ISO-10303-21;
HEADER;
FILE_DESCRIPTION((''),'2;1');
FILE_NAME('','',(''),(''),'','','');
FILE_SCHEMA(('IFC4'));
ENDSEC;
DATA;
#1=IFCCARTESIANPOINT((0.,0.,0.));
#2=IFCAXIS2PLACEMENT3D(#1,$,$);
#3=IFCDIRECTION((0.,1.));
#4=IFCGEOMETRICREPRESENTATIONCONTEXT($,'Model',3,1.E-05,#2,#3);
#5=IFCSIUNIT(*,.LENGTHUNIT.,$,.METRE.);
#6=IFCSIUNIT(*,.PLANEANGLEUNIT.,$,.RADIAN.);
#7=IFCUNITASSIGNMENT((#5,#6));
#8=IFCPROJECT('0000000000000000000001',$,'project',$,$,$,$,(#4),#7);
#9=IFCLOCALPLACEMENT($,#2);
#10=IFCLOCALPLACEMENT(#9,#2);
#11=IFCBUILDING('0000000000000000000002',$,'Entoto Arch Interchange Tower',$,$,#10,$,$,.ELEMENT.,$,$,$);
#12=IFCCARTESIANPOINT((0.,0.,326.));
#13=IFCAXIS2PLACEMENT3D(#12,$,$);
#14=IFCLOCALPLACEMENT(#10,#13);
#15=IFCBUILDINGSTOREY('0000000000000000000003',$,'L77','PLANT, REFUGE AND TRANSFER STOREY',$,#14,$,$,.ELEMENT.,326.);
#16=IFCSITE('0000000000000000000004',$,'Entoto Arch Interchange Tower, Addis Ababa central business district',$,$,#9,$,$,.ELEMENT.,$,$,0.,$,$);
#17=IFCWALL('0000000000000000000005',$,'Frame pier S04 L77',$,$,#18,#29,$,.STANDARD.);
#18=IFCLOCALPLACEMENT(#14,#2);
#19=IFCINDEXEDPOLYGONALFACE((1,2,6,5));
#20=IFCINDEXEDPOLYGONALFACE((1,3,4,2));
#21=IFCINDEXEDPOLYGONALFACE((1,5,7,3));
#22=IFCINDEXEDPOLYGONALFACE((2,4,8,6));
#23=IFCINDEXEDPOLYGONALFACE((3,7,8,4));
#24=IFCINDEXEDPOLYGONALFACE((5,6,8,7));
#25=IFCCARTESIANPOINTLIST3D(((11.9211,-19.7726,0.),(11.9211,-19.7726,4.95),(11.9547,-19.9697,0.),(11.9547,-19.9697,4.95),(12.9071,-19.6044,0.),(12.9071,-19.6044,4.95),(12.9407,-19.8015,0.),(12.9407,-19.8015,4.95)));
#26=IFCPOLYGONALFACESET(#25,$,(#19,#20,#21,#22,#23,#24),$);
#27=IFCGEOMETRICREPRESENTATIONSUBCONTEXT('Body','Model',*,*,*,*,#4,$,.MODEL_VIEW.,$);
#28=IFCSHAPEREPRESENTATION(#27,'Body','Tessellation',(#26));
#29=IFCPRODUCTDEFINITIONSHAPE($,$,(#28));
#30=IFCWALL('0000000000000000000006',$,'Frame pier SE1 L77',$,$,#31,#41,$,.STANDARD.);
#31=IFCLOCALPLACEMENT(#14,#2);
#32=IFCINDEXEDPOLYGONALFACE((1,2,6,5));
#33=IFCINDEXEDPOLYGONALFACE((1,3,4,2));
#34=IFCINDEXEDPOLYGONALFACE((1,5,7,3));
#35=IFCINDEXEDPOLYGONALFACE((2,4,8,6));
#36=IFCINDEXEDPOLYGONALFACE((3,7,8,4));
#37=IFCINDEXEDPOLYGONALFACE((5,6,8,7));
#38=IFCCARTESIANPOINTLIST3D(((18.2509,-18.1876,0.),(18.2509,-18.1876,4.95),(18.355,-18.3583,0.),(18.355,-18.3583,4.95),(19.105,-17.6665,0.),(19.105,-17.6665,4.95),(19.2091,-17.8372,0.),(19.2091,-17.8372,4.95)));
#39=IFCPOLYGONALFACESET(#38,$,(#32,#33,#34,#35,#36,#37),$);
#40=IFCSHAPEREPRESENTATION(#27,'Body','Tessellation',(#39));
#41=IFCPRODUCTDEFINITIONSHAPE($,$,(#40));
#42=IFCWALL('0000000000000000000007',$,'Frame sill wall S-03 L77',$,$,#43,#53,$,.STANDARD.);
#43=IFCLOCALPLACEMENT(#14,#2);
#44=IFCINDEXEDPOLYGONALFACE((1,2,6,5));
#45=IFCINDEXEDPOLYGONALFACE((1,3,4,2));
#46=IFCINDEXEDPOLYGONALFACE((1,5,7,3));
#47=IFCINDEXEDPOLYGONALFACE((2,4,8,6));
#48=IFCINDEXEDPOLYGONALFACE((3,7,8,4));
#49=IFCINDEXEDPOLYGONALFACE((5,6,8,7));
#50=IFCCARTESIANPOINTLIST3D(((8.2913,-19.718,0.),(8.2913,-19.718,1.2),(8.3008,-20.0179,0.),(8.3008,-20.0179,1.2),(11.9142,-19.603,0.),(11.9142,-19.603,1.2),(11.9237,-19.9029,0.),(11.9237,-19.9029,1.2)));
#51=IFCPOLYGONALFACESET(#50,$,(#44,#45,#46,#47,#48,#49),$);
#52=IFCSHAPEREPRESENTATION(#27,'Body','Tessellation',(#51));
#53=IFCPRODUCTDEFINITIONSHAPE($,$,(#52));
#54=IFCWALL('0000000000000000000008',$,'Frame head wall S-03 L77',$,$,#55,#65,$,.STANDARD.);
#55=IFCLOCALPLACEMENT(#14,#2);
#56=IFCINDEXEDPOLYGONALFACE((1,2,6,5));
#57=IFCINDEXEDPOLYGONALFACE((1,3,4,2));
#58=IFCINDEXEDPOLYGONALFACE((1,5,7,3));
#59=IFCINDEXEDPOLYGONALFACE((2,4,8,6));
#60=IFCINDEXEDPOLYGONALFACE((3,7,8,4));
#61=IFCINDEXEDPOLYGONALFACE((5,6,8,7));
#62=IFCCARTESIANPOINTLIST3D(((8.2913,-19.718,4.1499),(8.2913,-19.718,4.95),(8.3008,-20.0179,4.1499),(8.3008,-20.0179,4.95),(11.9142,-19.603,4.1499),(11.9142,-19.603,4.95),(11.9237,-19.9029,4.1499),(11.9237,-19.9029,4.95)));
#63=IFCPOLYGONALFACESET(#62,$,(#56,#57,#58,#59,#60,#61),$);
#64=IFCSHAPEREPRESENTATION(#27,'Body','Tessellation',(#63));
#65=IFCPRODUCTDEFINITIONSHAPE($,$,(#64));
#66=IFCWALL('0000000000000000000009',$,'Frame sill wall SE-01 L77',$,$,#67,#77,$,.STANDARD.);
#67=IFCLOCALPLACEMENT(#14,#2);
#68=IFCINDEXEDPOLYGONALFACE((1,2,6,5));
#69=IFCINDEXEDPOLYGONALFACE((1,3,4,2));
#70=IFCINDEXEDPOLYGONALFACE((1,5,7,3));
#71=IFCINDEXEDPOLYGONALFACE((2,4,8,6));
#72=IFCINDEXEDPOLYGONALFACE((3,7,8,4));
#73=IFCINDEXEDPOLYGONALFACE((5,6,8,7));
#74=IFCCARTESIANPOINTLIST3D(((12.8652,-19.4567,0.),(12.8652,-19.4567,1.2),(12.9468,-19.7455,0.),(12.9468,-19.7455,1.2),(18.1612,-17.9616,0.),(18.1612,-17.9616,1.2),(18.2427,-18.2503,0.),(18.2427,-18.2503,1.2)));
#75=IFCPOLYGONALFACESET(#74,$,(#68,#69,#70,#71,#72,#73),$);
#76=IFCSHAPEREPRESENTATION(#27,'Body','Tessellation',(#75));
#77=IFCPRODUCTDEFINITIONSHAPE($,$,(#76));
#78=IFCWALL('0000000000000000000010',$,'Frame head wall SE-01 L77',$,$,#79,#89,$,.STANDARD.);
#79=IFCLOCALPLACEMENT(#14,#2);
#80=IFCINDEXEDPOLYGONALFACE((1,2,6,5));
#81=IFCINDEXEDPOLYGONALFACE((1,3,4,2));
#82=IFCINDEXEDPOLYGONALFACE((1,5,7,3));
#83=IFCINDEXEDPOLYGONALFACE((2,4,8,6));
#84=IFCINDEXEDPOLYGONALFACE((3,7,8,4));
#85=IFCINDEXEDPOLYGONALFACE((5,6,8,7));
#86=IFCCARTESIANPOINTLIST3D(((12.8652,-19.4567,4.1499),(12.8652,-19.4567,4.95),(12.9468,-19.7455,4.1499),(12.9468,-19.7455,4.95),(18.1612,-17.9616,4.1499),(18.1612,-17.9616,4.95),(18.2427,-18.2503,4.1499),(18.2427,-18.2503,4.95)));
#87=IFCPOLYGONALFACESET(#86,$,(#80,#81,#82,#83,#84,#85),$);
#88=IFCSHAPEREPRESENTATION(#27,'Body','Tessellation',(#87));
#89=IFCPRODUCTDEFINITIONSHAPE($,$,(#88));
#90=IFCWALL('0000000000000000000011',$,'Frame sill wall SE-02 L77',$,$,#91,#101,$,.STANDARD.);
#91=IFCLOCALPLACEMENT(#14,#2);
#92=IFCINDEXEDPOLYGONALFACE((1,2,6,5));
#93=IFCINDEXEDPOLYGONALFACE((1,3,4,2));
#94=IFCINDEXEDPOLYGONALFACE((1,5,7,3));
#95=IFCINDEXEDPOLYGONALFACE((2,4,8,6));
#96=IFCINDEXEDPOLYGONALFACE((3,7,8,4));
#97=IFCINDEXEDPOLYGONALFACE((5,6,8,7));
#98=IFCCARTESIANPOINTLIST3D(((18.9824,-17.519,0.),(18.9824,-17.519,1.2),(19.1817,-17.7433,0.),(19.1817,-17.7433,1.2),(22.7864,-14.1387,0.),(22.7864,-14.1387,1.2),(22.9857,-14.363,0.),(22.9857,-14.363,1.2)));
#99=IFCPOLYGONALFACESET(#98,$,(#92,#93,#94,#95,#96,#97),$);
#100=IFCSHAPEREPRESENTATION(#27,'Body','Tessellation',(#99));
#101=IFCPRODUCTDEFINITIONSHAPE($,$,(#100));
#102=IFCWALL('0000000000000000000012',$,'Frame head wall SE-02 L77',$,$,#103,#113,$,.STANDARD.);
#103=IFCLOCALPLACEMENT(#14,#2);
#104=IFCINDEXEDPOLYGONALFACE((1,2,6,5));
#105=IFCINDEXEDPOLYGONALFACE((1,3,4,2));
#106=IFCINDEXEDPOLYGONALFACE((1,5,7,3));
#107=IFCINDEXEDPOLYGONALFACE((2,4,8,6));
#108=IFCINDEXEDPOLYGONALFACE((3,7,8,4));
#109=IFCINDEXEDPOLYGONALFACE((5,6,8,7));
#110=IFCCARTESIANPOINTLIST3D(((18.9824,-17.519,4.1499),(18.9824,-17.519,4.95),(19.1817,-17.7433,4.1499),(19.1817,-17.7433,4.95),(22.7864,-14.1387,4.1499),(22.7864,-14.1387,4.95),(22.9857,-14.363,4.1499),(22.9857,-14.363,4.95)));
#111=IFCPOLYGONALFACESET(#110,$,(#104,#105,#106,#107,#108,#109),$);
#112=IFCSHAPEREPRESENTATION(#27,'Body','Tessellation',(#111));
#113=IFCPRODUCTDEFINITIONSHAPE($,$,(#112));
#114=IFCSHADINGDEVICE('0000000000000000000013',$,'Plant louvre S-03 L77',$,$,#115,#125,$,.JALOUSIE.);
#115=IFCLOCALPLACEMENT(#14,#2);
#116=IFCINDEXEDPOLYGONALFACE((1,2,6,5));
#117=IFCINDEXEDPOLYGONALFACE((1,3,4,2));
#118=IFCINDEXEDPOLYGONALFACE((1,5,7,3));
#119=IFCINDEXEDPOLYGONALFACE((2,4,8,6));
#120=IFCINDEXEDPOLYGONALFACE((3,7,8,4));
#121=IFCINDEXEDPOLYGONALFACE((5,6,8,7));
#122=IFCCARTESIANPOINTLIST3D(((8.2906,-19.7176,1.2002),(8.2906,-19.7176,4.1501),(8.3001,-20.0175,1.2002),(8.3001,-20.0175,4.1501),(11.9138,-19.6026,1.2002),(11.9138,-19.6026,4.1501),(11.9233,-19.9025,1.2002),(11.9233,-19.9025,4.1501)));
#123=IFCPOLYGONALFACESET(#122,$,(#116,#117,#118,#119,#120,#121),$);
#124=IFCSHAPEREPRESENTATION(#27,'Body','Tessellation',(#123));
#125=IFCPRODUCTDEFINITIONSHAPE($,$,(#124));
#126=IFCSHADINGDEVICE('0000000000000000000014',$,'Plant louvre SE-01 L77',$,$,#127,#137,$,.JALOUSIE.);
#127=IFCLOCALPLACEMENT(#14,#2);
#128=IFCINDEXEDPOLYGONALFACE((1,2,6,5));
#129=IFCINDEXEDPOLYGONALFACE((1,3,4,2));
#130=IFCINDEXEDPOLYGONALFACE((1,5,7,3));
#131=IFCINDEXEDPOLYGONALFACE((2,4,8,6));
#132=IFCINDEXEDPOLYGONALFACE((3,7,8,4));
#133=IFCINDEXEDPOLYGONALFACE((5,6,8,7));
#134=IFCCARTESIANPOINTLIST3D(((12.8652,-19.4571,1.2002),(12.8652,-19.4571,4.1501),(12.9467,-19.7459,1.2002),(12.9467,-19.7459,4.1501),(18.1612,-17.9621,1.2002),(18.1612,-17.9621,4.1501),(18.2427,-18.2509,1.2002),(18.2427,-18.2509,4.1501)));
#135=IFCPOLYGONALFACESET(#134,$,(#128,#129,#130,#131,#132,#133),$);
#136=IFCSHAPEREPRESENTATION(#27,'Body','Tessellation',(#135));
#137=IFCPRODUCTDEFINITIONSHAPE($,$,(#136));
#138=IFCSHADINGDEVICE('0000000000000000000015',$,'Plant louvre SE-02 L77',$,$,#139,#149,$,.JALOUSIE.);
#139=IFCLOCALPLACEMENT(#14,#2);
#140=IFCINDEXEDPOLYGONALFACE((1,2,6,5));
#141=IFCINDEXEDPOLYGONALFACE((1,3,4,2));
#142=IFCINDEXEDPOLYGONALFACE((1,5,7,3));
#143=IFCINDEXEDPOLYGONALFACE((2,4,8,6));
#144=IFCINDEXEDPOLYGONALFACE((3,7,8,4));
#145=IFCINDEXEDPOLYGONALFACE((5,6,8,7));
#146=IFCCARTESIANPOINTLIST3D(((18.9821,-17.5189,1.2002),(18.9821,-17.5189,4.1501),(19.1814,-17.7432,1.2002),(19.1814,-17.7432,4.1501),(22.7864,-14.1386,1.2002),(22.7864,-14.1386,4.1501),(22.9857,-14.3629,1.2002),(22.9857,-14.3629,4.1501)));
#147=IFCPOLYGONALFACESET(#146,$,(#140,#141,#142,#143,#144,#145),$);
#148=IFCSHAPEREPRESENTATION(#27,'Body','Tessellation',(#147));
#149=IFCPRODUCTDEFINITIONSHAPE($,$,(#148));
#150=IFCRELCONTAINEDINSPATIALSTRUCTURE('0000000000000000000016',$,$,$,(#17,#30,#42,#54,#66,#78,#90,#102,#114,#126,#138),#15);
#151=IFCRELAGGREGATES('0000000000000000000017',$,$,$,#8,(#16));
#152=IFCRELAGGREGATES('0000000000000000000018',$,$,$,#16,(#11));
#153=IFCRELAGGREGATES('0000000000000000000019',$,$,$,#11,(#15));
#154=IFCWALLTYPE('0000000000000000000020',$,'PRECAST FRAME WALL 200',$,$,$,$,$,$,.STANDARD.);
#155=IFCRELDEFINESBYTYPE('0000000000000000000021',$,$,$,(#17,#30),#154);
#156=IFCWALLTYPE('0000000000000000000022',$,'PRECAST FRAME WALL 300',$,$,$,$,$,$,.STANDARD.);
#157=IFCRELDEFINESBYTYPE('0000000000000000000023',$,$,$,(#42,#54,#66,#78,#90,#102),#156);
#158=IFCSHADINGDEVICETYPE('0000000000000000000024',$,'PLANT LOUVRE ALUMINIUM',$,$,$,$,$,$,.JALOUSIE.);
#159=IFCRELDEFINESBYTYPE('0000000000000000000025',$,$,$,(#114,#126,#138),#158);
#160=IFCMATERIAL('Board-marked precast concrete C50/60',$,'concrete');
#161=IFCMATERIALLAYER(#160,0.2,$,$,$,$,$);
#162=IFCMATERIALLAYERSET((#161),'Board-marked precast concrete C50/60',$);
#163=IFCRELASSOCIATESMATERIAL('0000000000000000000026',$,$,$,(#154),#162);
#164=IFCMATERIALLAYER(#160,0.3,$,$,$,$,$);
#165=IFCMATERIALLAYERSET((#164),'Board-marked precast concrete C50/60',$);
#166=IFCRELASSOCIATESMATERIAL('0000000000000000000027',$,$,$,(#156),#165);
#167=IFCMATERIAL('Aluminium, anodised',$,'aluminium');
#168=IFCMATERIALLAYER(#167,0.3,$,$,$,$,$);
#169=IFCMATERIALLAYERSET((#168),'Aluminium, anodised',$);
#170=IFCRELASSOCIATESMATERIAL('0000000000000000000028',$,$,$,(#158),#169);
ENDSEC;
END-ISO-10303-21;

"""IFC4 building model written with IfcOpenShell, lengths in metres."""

from ifc_helpers import new_model, si_unit, direction, frame, frame_2d, origin, origin_2d, place, context, subcontext, project, spatial, rectangle, extrude, material, layer, layer_set, type_object, element, save


model = new_model("IFC4")

# Units and contexts
model_context = context("Model", 3, precision=1e-05, world=origin(), true_north=direction((0.0, 1.0)))
body_context = subcontext(model_context, "Body", "Model", "MODEL_VIEW")
ifc_project = project(units=[si_unit("LENGTHUNIT", "METRE"), si_unit("PLANEANGLEUNIT", "RADIAN")], contexts=[model_context])

# Site, building, storey
site_placement = place(None, origin())
site = spatial("IfcSite", under=ifc_project, at=site_placement, Name="Entoto Arch Interchange Tower, Addis Ababa central business district", CompositionType="ELEMENT", RefElevation=0.0)
building_placement = place(site_placement, origin())
building = spatial("IfcBuilding", under=site, at=building_placement, Name="Entoto Arch Interchange Tower", CompositionType="ELEMENT")
storey_placement = place(building_placement, frame((0.0, 0.0, 326.0)))
storey = spatial("IfcBuildingStorey", under=building, at=storey_placement, Name="L77", Description="PLANT, REFUGE AND TRANSFER STOREY", CompositionType="ELEMENT", Elevation=326.0)

# Walls
ifc_material_1 = material(Name="Board-marked precast concrete C50/60", Category="concrete")
ifc_layer_1 = layer(ifc_material_1, 0.2)
ifc_layer_set_1 = layer_set([ifc_layer_1], Name="Board-marked precast concrete C50/60")
wall_type_1 = type_object("IfcWallType", Name="PRECAST FRAME WALL 200", PredefinedType="STANDARD", material=ifc_layer_set_1)
wall_1_placement = place(storey_placement, frame((11.938, -19.8711, 0.0), z_axis=(0.0, 0.0, 1.0), x_axis=(0.98576, 0.168158, 0.0)))
element("IfcWall", 1, at=wall_1_placement, inside=storey, type_object=wall_type_1, Name="Frame pier S04 L77", PredefinedType="STANDARD", context=body_context, shape_type="SweptSolid", body=[
    extrude(rectangle(XDim=1.0002, YDim=0.2, at=frame_2d((0.5, 0.0))), origin(), (0.0, 0.0, 1.0), 4.95),
])
wall_2_placement = place(storey_placement, frame((18.303, -18.2729, 0.0), z_axis=(0.0, 0.0, 1.0), x_axis=(0.85368, 0.520798, 0.0)))
element("IfcWall", 2, at=wall_2_placement, inside=storey, type_object=wall_type_1, Name="Frame pier SE1 L77", PredefinedType="STANDARD", context=body_context, shape_type="SweptSolid", body=[
    extrude(rectangle(XDim=1.0005, YDim=0.2, at=frame_2d((0.5002, 0.0))), origin(), (0.0, 0.0, 1.0), 4.95),
])
ifc_layer_2 = layer(ifc_material_1, 0.3)
ifc_layer_set_2 = layer_set([ifc_layer_2], Name="Board-marked precast concrete C50/60")
wall_type_2 = type_object("IfcWallType", Name="PRECAST FRAME WALL 300", PredefinedType="STANDARD", material=ifc_layer_set_2)
wall_3_placement = place(storey_placement, frame((8.2959, -19.8679, 0.0), z_axis=(0.0, 0.0, 1.0), x_axis=(0.999497, 0.031723, 0.0)))
element("IfcWall", 3, at=wall_3_placement, inside=storey, type_object=wall_type_2, Name="Frame sill wall S-03 L77", PredefinedType="STANDARD", context=body_context, shape_type="SweptSolid", body=[
    extrude(rectangle(XDim=3.6248, YDim=0.3, at=frame_2d((1.8125, 0.0))), origin(), (0.0, 0.0, 1.0), 1.2),
])
wall_4_placement = place(storey_placement, frame((8.2959, -19.8679, 4.1499), z_axis=(0.0, 0.0, 1.0), x_axis=(0.999497, 0.031723, 0.0)))
element("IfcWall", 4, at=wall_4_placement, inside=storey, type_object=wall_type_2, Name="Frame head wall S-03 L77", PredefinedType="STANDARD", context=body_context, shape_type="SweptSolid", body=[
    extrude(rectangle(XDim=3.6248, YDim=0.3, at=frame_2d((1.8125, 0.0))), origin(), (0.0, 0.0, 1.0), 0.8),
])
wall_5_placement = place(storey_placement, frame((12.906, -19.6011, 0.0), z_axis=(0.0, 0.0, 1.0), x_axis=(0.962383, 0.271696, 0.0)))
element("IfcWall", 5, at=wall_5_placement, inside=storey, type_object=wall_type_2, Name="Frame sill wall SE-01 L77", PredefinedType="STANDARD", context=body_context, shape_type="SweptSolid", body=[
    extrude(rectangle(XDim=5.5029, YDim=0.3, at=frame_2d((2.7515, 0.0))), origin(), (0.0, 0.0, 1.0), 1.2),
])
wall_6_placement = place(storey_placement, frame((12.906, -19.6011, 4.1499), z_axis=(0.0, 0.0, 1.0), x_axis=(0.962383, 0.271696, 0.0)))
element("IfcWall", 6, at=wall_6_placement, inside=storey, type_object=wall_type_2, Name="Frame head wall SE-01 L77", PredefinedType="STANDARD", context=body_context, shape_type="SweptSolid", body=[
    extrude(rectangle(XDim=5.5029, YDim=0.3, at=frame_2d((2.7515, 0.0))), origin(), (0.0, 0.0, 1.0), 0.8),
])
wall_7_placement = place(storey_placement, frame((19.082, -17.6311, 0.0), z_axis=(0.0, 0.0, 1.0), x_axis=(0.747523, 0.664236, 0.0)))
element("IfcWall", 7, at=wall_7_placement, inside=storey, type_object=wall_type_2, Name="Frame sill wall SE-02 L77", PredefinedType="STANDARD", context=body_context, shape_type="SweptSolid", body=[
    extrude(rectangle(XDim=5.0889, YDim=0.3, at=frame_2d((2.5444, 0.0))), origin(), (0.0, 0.0, 1.0), 1.2),
])
wall_8_placement = place(storey_placement, frame((19.082, -17.6311, 4.1499), z_axis=(0.0, 0.0, 1.0), x_axis=(0.747523, 0.664236, 0.0)))
element("IfcWall", 8, at=wall_8_placement, inside=storey, type_object=wall_type_2, Name="Frame head wall SE-02 L77", PredefinedType="STANDARD", context=body_context, shape_type="SweptSolid", body=[
    extrude(rectangle(XDim=5.0889, YDim=0.3, at=frame_2d((2.5444, 0.0))), origin(), (0.0, 0.0, 1.0), 0.8),
])

# Shading devices
ifc_material_2 = material(Name="Aluminium, anodised", Category="aluminium")
ifc_layer_3 = layer(ifc_material_2, 0.3)
ifc_layer_set_3 = layer_set([ifc_layer_3], Name="Aluminium, anodised")
shading_device_type = type_object("IfcShadingDeviceType", Name="PLANT LOUVRE ALUMINIUM", PredefinedType="JALOUSIE", material=ifc_layer_set_3)
shading_device_1_placement = place(storey_placement, frame((10.1069, -19.8101, 1.2002), z_axis=(0.0, 0.0, 1.0), x_axis=(0.999497, 0.031725, 0.0)))
element("IfcShadingDevice", 9, at=shading_device_1_placement, inside=storey, type_object=shading_device_type, Name="Plant louvre S-03 L77", PredefinedType="JALOUSIE", context=body_context, shape_type="SweptSolid", body=[
    extrude(rectangle(XDim=3.625, YDim=0.3, at=origin_2d()), origin(), (0.0, 0.0, 1.0), 2.95),
])
shading_device_2_placement = place(storey_placement, frame((15.554, -18.854, 1.2002), z_axis=(0.0, 0.0, 1.0), x_axis=(0.962389, 0.271676, 0.0)))
element("IfcShadingDevice", 10, at=shading_device_2_placement, inside=storey, type_object=shading_device_type, Name="Plant louvre SE-01 L77", PredefinedType="JALOUSIE", context=body_context, shape_type="SweptSolid", body=[
    extrude(rectangle(XDim=5.5029, YDim=0.3, at=origin_2d()), origin(), (0.0, 0.0, 1.0), 2.95),
])
shading_device_3_placement = place(storey_placement, frame((20.9839, -15.9409, 1.2002), z_axis=(0.0, 0.0, 1.0), x_axis=(0.747543, 0.664213, 0.0)))
element("IfcShadingDevice", 11, at=shading_device_3_placement, inside=storey, type_object=shading_device_type, Name="Plant louvre SE-02 L77", PredefinedType="JALOUSIE", context=body_context, shape_type="SweptSolid", body=[
    extrude(rectangle(XDim=5.0891, YDim=0.3, at=origin_2d()), origin(), (0.0, 0.0, 1.0), 2.95),
])

save(model, "model.ifc")
